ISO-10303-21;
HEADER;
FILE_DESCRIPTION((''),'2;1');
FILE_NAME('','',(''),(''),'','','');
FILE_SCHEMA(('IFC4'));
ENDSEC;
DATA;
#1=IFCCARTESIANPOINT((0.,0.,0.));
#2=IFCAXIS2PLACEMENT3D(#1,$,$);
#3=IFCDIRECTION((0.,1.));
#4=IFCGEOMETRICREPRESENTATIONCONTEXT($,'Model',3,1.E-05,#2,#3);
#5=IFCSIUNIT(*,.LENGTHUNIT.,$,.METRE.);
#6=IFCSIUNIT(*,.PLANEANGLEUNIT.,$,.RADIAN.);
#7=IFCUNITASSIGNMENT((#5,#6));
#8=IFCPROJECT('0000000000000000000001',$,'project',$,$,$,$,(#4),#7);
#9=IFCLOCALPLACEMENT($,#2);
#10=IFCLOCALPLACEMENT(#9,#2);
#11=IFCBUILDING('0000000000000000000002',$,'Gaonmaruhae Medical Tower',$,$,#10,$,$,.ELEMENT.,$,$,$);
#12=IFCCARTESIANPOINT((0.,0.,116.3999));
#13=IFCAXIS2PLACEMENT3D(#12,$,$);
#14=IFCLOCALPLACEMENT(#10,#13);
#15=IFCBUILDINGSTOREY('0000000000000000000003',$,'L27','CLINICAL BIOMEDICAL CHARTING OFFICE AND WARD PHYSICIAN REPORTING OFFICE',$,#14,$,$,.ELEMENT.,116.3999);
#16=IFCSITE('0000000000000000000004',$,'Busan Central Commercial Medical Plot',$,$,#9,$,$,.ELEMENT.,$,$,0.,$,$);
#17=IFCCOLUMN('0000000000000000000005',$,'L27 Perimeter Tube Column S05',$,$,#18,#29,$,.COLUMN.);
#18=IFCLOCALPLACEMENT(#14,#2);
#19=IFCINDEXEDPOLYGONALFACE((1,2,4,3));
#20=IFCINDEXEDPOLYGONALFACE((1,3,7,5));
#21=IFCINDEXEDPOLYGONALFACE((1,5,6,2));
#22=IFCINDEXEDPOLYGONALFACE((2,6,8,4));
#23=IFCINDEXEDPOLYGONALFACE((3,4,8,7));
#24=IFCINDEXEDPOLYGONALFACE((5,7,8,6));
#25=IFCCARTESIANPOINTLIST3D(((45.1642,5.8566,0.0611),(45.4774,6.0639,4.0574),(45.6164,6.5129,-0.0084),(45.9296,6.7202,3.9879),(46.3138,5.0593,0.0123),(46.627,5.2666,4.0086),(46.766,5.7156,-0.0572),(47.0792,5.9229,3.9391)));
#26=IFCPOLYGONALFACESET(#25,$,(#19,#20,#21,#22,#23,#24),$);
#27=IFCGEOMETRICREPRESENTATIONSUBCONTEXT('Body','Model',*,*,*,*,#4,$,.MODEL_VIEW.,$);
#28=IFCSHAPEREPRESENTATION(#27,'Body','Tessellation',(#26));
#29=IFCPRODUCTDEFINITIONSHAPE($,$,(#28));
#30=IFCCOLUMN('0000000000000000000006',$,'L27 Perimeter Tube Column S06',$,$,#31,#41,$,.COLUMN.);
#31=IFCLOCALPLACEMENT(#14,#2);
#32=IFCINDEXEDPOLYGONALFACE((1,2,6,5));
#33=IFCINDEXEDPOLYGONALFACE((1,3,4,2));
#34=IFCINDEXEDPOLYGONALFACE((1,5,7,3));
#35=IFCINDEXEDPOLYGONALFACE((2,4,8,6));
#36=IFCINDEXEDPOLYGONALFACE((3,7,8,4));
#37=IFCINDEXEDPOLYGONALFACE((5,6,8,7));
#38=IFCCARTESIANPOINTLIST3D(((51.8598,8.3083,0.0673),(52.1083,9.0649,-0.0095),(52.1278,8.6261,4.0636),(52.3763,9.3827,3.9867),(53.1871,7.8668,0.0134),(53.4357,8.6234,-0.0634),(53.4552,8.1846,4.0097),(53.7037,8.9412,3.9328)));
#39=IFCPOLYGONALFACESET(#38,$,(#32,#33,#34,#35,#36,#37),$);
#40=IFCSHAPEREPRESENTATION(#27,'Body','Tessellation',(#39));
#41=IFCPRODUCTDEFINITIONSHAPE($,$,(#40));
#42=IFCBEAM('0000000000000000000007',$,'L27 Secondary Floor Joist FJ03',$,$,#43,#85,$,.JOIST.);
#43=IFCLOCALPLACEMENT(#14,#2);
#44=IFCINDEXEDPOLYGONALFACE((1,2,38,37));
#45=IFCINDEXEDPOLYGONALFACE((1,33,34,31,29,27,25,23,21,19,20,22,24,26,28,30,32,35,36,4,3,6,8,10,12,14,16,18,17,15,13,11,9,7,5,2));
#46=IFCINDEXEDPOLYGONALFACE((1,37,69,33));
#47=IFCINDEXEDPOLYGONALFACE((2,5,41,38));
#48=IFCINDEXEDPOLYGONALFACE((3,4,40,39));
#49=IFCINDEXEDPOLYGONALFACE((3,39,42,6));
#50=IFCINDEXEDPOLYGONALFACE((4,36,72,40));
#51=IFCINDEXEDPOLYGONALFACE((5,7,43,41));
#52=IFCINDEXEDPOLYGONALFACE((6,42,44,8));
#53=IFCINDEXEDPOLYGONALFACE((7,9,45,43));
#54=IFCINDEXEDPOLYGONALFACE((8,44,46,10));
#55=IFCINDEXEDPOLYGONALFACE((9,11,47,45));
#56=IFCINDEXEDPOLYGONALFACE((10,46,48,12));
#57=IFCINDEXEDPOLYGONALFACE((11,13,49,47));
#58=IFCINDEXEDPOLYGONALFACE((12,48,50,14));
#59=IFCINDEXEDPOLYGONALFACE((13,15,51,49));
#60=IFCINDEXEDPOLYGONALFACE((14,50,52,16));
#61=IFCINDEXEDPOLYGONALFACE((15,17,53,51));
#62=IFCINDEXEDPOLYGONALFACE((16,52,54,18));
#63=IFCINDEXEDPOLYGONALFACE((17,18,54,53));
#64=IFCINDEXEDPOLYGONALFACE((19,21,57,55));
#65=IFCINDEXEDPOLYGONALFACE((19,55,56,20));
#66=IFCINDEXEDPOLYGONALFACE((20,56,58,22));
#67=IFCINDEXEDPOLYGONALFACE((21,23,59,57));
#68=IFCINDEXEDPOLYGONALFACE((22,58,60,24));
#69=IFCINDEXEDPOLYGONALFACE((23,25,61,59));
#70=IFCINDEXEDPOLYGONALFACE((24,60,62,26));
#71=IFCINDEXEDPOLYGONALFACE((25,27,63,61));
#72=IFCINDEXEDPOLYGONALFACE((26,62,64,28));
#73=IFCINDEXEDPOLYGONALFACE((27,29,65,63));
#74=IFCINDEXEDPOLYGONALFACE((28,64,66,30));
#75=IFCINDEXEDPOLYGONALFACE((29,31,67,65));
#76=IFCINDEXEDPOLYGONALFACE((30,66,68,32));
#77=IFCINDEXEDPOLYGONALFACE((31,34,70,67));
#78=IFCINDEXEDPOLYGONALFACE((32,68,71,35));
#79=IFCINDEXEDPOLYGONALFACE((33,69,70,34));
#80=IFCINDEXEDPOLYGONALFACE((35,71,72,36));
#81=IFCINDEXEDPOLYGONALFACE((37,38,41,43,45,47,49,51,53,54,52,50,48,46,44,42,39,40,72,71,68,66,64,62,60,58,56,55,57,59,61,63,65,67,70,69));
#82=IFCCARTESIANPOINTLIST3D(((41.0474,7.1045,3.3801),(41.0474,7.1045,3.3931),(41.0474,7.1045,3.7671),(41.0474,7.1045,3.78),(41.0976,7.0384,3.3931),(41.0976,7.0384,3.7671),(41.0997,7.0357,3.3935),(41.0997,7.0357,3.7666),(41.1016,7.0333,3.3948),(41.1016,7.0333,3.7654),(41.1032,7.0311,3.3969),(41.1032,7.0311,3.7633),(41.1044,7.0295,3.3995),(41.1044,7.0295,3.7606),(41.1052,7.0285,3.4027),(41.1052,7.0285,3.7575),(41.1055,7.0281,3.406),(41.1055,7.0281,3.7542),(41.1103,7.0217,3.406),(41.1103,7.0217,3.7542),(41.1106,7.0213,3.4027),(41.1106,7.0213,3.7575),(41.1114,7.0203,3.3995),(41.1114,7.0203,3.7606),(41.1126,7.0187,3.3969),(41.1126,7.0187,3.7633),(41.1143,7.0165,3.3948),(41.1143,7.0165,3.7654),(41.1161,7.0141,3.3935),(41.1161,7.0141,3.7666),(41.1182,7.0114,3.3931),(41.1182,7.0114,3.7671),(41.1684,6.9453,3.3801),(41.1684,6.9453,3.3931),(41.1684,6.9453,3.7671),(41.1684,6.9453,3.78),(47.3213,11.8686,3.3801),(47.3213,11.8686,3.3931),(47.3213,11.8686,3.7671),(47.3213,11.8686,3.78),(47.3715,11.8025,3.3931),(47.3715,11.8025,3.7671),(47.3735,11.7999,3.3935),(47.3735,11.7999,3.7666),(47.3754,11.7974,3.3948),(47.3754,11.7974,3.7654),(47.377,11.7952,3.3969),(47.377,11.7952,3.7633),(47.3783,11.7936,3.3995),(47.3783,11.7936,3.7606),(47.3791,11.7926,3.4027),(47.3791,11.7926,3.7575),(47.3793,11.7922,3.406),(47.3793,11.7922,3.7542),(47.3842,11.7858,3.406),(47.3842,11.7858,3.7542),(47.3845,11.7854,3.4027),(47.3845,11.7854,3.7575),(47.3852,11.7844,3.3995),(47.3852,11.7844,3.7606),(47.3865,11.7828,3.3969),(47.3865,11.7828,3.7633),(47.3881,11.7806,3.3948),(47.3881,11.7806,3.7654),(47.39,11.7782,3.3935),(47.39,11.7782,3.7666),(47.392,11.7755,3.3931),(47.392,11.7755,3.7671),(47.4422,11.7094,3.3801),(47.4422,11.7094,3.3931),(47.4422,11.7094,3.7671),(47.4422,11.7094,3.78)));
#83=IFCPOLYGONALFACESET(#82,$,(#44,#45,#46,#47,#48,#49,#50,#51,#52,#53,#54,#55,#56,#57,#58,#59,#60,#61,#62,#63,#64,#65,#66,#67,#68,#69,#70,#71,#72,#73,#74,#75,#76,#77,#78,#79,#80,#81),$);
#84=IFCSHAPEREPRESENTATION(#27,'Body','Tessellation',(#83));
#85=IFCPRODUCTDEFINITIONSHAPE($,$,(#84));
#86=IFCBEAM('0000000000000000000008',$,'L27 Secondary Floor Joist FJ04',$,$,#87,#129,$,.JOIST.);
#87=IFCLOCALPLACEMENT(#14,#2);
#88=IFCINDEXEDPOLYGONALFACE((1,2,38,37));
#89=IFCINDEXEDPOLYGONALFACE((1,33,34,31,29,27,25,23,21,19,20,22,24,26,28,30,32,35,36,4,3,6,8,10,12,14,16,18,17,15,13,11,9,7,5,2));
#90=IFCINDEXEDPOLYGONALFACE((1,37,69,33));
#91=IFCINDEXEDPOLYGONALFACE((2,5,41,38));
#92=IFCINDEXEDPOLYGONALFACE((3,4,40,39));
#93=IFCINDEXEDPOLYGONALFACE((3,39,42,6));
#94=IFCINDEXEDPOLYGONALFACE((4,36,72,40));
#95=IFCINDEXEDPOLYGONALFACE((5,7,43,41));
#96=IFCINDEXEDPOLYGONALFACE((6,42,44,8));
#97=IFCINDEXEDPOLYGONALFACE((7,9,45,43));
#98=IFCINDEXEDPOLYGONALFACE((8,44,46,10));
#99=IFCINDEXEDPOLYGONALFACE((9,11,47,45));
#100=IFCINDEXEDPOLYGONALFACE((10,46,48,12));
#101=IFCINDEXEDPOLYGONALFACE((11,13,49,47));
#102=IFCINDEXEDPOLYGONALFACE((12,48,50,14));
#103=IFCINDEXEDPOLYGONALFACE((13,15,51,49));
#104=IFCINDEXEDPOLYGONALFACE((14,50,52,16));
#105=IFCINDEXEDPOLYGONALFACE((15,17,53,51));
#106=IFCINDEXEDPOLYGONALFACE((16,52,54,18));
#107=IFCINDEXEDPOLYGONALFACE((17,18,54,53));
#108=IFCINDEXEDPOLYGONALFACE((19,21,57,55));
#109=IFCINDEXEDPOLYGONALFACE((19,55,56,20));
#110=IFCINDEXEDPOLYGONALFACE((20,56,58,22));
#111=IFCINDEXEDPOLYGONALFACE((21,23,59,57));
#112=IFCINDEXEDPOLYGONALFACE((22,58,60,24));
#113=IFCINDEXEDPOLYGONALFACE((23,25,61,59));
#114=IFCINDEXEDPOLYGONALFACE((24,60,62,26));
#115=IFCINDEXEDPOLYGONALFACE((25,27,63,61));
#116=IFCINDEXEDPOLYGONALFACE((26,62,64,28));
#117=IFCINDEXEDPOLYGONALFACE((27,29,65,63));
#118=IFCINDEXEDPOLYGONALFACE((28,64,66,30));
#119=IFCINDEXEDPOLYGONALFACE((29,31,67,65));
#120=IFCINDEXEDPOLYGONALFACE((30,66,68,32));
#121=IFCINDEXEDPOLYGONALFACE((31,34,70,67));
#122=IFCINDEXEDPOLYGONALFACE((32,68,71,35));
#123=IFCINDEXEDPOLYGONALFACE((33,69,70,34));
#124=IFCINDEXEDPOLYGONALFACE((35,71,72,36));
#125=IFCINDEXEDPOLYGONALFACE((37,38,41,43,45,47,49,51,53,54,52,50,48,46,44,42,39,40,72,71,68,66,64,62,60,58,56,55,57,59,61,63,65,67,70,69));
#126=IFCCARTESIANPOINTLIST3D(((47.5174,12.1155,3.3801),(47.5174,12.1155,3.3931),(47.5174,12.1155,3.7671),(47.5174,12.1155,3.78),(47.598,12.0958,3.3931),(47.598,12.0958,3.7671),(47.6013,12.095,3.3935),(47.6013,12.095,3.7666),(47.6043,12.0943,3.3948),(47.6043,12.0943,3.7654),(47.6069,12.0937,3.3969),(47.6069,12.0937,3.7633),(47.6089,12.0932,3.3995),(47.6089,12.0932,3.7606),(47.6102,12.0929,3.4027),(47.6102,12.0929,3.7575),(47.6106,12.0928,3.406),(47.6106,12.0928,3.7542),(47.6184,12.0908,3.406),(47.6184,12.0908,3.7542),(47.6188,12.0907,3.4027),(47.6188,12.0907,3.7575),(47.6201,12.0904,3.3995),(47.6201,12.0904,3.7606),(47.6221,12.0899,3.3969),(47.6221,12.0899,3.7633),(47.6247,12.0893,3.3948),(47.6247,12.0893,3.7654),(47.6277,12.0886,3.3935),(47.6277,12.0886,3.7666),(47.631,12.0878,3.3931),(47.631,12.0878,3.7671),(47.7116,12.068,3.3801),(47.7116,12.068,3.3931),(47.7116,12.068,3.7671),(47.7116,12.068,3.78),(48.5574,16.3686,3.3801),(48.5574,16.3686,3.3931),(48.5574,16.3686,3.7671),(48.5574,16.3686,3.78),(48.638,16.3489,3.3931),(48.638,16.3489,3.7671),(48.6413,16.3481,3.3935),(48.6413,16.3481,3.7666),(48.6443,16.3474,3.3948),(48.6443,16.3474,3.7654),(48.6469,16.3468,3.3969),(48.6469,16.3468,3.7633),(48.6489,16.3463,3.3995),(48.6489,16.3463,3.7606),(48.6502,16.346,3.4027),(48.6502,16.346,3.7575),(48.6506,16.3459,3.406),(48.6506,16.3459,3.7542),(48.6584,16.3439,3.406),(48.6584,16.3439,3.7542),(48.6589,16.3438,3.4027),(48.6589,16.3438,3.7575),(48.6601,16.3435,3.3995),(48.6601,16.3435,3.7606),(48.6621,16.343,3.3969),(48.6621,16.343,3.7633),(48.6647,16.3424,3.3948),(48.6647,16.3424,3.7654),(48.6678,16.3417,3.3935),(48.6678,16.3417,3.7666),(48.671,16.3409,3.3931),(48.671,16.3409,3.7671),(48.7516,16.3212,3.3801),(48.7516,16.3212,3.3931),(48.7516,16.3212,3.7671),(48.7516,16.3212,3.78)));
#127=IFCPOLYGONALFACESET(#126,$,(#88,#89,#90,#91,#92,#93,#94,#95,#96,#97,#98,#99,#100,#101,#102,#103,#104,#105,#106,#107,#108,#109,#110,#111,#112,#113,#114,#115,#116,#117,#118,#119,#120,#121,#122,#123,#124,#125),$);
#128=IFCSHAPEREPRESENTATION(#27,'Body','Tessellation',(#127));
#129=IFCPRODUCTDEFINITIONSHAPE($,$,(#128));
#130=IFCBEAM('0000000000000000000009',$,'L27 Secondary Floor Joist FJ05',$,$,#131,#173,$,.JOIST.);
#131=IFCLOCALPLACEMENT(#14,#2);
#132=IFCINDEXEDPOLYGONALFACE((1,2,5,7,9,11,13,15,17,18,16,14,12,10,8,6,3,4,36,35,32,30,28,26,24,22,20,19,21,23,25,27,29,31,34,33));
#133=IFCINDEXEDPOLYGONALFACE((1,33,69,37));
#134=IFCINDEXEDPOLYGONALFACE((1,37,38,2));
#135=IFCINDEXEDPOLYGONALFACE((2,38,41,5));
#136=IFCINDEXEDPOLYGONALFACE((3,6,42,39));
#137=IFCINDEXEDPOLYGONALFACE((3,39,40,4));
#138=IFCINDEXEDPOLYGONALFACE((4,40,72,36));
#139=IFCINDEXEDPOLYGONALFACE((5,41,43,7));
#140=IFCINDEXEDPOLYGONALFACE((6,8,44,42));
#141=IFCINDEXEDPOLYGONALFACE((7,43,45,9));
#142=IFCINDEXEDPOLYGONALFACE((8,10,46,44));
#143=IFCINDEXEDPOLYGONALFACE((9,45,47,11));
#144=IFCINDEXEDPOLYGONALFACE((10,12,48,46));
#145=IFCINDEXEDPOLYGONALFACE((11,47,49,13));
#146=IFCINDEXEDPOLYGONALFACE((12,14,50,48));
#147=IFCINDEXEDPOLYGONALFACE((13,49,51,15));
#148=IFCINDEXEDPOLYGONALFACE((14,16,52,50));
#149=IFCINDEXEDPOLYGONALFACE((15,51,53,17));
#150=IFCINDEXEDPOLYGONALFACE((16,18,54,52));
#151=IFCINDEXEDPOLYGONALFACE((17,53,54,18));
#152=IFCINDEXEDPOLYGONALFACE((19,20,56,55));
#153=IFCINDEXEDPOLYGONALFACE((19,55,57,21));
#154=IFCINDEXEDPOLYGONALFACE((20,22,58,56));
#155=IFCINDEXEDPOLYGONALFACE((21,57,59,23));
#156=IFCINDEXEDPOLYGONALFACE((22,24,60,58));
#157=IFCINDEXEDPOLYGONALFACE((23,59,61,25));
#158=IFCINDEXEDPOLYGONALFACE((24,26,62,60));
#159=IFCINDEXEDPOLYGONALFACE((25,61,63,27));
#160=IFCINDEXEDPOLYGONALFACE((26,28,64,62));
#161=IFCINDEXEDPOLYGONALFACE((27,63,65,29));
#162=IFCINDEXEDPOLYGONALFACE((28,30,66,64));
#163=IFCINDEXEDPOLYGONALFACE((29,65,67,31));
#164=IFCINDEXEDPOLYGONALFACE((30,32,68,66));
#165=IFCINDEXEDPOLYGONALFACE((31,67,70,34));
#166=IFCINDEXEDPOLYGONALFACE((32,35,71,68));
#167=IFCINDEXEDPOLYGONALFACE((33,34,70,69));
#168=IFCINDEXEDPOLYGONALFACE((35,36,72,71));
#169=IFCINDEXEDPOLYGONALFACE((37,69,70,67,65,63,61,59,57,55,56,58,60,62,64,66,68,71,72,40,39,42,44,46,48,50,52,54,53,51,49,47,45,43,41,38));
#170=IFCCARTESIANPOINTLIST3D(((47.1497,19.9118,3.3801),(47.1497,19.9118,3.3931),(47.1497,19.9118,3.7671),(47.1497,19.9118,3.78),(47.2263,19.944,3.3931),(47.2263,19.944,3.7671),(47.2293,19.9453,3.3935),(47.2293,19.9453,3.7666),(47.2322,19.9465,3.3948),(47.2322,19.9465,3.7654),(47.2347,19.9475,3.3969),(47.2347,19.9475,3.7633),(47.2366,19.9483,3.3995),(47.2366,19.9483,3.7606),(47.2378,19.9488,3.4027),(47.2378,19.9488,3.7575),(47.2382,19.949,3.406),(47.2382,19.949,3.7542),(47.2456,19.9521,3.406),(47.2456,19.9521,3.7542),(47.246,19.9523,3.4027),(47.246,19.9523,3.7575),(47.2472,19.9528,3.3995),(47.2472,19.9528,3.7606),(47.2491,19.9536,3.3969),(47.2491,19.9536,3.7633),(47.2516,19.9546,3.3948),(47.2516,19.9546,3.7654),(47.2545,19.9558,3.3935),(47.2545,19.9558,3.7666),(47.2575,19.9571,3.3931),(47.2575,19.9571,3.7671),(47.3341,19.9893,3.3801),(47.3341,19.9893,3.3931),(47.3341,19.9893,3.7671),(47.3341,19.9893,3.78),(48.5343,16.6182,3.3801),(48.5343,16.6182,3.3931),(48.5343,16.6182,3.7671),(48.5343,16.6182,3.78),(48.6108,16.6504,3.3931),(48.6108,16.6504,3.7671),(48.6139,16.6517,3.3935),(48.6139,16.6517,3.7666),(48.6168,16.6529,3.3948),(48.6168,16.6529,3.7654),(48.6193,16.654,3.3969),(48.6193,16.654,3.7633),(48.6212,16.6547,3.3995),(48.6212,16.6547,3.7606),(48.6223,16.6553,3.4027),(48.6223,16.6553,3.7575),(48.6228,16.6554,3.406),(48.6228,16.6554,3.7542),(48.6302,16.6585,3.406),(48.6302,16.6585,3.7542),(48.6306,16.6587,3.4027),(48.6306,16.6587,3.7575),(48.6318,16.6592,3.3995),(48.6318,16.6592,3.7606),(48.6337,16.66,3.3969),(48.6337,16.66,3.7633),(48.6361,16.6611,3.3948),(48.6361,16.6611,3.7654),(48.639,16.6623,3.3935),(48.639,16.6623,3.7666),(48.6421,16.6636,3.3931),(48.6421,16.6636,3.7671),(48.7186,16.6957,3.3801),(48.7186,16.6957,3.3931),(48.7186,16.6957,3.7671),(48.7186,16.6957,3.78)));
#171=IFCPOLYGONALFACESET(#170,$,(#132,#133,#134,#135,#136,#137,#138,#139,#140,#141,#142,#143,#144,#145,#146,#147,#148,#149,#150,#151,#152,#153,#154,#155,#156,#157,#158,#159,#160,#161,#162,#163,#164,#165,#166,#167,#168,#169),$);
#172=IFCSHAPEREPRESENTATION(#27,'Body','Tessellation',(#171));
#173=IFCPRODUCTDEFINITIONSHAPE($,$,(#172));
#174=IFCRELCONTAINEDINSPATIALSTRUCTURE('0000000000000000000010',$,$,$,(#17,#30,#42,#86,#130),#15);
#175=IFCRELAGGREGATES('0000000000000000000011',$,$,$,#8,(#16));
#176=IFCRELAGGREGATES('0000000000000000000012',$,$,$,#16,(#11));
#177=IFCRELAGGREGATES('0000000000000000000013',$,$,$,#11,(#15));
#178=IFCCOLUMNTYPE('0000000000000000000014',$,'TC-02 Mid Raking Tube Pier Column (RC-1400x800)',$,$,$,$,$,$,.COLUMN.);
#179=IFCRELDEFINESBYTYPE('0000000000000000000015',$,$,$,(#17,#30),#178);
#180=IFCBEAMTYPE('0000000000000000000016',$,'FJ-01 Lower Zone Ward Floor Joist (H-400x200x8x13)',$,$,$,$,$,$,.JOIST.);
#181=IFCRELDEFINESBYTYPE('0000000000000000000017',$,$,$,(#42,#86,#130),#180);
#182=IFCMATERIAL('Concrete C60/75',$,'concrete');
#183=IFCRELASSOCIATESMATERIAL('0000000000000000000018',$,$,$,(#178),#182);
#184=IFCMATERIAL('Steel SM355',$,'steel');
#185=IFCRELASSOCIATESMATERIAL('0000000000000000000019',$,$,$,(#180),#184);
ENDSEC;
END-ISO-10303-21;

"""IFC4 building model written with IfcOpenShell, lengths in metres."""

from ifc_helpers import new_model, si_unit, direction, frame, origin, origin_2d, place, context, subcontext, project, spatial, rectangle, i_section, extrude, material, material_profile, profile_set, type_object, element, save


model = new_model("IFC4")

# Units and contexts
model_context = context("Model", 3, precision=1e-05, world=origin(), true_north=direction((0.0, 1.0)))
body_context = subcontext(model_context, "Body", "Model", "MODEL_VIEW")
ifc_project = project(units=[si_unit("LENGTHUNIT", "METRE"), si_unit("PLANEANGLEUNIT", "RADIAN")], contexts=[model_context])

# Site, building, storey
site_placement = place(None, origin())
site = spatial("IfcSite", under=ifc_project, at=site_placement, Name="Busan Central Commercial Medical Plot", CompositionType="ELEMENT", RefElevation=0.0)
building_placement = place(site_placement, origin())
building = spatial("IfcBuilding", under=site, at=building_placement, Name="Gaonmaruhae Medical Tower", CompositionType="ELEMENT")
storey_placement = place(building_placement, frame((0.0, 0.0, 116.3999)))
storey = spatial("IfcBuildingStorey", under=building, at=storey_placement, Name="L27", Description="CLINICAL BIOMEDICAL CHARTING OFFICE AND WARD PHYSICIAN REPORTING OFFICE", CompositionType="ELEMENT", Elevation=116.3999)

# Columns
ifc_material_1 = material(Name="Concrete C60/75", Category="concrete")
ifc_material_profile_1 = material_profile(ifc_material_1, rectangle(XDim=1.3999, YDim=0.8, at=origin_2d()), Name="RC-1400x800")
ifc_profile_set_1 = profile_set([ifc_material_profile_1], Name="Concrete C60/75")
column_type = type_object("IfcColumnType", Name="TC-02 Mid Raking Tube Pier Column (RC-1400x800)", PredefinedType="COLUMN", material=ifc_profile_set_1)
column_1_placement = place(storey_placement, frame((45.9651, 5.7861, 0.002), z_axis=(0.078036, 0.051639, 0.995612), x_axis=(-0.821217, 0.569552, 0.034826)))
element("IfcColumn", 1, at=column_1_placement, inside=storey, type_object=column_type, Name="L27 Perimeter Tube Column S05", PredefinedType="COLUMN", context=body_context, shape_type="SweptSolid", body=[
    extrude(rectangle(XDim=1.3999, YDim=0.8, at=origin_2d()), origin(), (0.0, 0.0, 1.0), 4.0139),
])
column_2_placement = place(storey_placement, frame((52.6477, 8.4658, 0.002), z_axis=(0.066718, 0.079113, 0.99463), x_axis=(-0.948184, 0.31538, 0.038517)))
element("IfcColumn", 2, at=column_2_placement, inside=storey, type_object=column_type, Name="L27 Perimeter Tube Column S06", PredefinedType="COLUMN", context=body_context, shape_type="SweptSolid", body=[
    extrude(rectangle(XDim=1.3999, YDim=0.8, at=origin_2d()), origin(), (0.0, 0.0, 1.0), 4.0178),
])

# Beams
ifc_material_2 = material(Name="Steel SM355", Category="steel")
ifc_material_profile_2 = material_profile(ifc_material_2, i_section(OverallWidth=0.2, OverallDepth=0.3999, WebThickness=0.0081, FlangeThickness=0.0129, FilletRadius=0.0129, at=origin_2d()), Name="H-400x200x8x13")
ifc_profile_set_2 = profile_set([ifc_material_profile_2], Name="Steel SM355")
beam_type_1 = type_object("IfcBeamType", Name="FJ-01 Lower Zone Ward Floor Joist (H-400x200x8x13)", PredefinedType="JOIST", material=ifc_profile_set_2)
beam_1_placement = place(storey_placement, frame((41.1079, 7.0249, 3.5801), z_axis=(0.796408, 0.604759, 0.0), x_axis=(-0.604759, 0.796408, 0.0)))
element("IfcBeam", 3, at=beam_1_placement, inside=storey, type_object=beam_type_1, Name="L27 Secondary Floor Joist FJ03", PredefinedType="JOIST", context=body_context, shape_type="SweptSolid", body=[
    extrude(i_section(OverallWidth=0.2, OverallDepth=0.3999, WebThickness=0.0081, FlangeThickness=0.0129, FilletRadius=0.0129, at=origin_2d()), origin(), (0.0, 0.0, 1.0), 7.8777),
])
beam_2_placement = place(storey_placement, frame((47.6145, 12.0918, 3.5801), z_axis=(0.237534, 0.971379, 0.0), x_axis=(-0.971379, 0.237534, 0.0)))
element("IfcBeam", 4, at=beam_2_placement, inside=storey, type_object=beam_type_1, Name="L27 Secondary Floor Joist FJ04", PredefinedType="JOIST", context=body_context, shape_type="SweptSolid", body=[
    extrude(i_section(OverallWidth=0.2, OverallDepth=0.3999, WebThickness=0.0081, FlangeThickness=0.0129, FilletRadius=0.0129, at=origin_2d()), origin(), (0.0, 0.0, 1.0), 4.3784),
])
beam_3_placement = place(storey_placement, frame((48.6265, 16.657, 3.5801), z_axis=(-0.387535, 0.921855, 0.0), x_axis=(-0.921855, -0.387535, 0.0)))
element("IfcBeam", 5, at=beam_3_placement, inside=storey, type_object=beam_type_1, Name="L27 Secondary Floor Joist FJ05", PredefinedType="JOIST", context=body_context, shape_type="SweptSolid", body=[
    extrude(i_section(OverallWidth=0.2, OverallDepth=0.3999, WebThickness=0.0081, FlangeThickness=0.0129, FilletRadius=0.0129, at=origin_2d()), origin(), (0.0, 0.0, 1.0), 3.5728),
])

save(model, "model.ifc")
